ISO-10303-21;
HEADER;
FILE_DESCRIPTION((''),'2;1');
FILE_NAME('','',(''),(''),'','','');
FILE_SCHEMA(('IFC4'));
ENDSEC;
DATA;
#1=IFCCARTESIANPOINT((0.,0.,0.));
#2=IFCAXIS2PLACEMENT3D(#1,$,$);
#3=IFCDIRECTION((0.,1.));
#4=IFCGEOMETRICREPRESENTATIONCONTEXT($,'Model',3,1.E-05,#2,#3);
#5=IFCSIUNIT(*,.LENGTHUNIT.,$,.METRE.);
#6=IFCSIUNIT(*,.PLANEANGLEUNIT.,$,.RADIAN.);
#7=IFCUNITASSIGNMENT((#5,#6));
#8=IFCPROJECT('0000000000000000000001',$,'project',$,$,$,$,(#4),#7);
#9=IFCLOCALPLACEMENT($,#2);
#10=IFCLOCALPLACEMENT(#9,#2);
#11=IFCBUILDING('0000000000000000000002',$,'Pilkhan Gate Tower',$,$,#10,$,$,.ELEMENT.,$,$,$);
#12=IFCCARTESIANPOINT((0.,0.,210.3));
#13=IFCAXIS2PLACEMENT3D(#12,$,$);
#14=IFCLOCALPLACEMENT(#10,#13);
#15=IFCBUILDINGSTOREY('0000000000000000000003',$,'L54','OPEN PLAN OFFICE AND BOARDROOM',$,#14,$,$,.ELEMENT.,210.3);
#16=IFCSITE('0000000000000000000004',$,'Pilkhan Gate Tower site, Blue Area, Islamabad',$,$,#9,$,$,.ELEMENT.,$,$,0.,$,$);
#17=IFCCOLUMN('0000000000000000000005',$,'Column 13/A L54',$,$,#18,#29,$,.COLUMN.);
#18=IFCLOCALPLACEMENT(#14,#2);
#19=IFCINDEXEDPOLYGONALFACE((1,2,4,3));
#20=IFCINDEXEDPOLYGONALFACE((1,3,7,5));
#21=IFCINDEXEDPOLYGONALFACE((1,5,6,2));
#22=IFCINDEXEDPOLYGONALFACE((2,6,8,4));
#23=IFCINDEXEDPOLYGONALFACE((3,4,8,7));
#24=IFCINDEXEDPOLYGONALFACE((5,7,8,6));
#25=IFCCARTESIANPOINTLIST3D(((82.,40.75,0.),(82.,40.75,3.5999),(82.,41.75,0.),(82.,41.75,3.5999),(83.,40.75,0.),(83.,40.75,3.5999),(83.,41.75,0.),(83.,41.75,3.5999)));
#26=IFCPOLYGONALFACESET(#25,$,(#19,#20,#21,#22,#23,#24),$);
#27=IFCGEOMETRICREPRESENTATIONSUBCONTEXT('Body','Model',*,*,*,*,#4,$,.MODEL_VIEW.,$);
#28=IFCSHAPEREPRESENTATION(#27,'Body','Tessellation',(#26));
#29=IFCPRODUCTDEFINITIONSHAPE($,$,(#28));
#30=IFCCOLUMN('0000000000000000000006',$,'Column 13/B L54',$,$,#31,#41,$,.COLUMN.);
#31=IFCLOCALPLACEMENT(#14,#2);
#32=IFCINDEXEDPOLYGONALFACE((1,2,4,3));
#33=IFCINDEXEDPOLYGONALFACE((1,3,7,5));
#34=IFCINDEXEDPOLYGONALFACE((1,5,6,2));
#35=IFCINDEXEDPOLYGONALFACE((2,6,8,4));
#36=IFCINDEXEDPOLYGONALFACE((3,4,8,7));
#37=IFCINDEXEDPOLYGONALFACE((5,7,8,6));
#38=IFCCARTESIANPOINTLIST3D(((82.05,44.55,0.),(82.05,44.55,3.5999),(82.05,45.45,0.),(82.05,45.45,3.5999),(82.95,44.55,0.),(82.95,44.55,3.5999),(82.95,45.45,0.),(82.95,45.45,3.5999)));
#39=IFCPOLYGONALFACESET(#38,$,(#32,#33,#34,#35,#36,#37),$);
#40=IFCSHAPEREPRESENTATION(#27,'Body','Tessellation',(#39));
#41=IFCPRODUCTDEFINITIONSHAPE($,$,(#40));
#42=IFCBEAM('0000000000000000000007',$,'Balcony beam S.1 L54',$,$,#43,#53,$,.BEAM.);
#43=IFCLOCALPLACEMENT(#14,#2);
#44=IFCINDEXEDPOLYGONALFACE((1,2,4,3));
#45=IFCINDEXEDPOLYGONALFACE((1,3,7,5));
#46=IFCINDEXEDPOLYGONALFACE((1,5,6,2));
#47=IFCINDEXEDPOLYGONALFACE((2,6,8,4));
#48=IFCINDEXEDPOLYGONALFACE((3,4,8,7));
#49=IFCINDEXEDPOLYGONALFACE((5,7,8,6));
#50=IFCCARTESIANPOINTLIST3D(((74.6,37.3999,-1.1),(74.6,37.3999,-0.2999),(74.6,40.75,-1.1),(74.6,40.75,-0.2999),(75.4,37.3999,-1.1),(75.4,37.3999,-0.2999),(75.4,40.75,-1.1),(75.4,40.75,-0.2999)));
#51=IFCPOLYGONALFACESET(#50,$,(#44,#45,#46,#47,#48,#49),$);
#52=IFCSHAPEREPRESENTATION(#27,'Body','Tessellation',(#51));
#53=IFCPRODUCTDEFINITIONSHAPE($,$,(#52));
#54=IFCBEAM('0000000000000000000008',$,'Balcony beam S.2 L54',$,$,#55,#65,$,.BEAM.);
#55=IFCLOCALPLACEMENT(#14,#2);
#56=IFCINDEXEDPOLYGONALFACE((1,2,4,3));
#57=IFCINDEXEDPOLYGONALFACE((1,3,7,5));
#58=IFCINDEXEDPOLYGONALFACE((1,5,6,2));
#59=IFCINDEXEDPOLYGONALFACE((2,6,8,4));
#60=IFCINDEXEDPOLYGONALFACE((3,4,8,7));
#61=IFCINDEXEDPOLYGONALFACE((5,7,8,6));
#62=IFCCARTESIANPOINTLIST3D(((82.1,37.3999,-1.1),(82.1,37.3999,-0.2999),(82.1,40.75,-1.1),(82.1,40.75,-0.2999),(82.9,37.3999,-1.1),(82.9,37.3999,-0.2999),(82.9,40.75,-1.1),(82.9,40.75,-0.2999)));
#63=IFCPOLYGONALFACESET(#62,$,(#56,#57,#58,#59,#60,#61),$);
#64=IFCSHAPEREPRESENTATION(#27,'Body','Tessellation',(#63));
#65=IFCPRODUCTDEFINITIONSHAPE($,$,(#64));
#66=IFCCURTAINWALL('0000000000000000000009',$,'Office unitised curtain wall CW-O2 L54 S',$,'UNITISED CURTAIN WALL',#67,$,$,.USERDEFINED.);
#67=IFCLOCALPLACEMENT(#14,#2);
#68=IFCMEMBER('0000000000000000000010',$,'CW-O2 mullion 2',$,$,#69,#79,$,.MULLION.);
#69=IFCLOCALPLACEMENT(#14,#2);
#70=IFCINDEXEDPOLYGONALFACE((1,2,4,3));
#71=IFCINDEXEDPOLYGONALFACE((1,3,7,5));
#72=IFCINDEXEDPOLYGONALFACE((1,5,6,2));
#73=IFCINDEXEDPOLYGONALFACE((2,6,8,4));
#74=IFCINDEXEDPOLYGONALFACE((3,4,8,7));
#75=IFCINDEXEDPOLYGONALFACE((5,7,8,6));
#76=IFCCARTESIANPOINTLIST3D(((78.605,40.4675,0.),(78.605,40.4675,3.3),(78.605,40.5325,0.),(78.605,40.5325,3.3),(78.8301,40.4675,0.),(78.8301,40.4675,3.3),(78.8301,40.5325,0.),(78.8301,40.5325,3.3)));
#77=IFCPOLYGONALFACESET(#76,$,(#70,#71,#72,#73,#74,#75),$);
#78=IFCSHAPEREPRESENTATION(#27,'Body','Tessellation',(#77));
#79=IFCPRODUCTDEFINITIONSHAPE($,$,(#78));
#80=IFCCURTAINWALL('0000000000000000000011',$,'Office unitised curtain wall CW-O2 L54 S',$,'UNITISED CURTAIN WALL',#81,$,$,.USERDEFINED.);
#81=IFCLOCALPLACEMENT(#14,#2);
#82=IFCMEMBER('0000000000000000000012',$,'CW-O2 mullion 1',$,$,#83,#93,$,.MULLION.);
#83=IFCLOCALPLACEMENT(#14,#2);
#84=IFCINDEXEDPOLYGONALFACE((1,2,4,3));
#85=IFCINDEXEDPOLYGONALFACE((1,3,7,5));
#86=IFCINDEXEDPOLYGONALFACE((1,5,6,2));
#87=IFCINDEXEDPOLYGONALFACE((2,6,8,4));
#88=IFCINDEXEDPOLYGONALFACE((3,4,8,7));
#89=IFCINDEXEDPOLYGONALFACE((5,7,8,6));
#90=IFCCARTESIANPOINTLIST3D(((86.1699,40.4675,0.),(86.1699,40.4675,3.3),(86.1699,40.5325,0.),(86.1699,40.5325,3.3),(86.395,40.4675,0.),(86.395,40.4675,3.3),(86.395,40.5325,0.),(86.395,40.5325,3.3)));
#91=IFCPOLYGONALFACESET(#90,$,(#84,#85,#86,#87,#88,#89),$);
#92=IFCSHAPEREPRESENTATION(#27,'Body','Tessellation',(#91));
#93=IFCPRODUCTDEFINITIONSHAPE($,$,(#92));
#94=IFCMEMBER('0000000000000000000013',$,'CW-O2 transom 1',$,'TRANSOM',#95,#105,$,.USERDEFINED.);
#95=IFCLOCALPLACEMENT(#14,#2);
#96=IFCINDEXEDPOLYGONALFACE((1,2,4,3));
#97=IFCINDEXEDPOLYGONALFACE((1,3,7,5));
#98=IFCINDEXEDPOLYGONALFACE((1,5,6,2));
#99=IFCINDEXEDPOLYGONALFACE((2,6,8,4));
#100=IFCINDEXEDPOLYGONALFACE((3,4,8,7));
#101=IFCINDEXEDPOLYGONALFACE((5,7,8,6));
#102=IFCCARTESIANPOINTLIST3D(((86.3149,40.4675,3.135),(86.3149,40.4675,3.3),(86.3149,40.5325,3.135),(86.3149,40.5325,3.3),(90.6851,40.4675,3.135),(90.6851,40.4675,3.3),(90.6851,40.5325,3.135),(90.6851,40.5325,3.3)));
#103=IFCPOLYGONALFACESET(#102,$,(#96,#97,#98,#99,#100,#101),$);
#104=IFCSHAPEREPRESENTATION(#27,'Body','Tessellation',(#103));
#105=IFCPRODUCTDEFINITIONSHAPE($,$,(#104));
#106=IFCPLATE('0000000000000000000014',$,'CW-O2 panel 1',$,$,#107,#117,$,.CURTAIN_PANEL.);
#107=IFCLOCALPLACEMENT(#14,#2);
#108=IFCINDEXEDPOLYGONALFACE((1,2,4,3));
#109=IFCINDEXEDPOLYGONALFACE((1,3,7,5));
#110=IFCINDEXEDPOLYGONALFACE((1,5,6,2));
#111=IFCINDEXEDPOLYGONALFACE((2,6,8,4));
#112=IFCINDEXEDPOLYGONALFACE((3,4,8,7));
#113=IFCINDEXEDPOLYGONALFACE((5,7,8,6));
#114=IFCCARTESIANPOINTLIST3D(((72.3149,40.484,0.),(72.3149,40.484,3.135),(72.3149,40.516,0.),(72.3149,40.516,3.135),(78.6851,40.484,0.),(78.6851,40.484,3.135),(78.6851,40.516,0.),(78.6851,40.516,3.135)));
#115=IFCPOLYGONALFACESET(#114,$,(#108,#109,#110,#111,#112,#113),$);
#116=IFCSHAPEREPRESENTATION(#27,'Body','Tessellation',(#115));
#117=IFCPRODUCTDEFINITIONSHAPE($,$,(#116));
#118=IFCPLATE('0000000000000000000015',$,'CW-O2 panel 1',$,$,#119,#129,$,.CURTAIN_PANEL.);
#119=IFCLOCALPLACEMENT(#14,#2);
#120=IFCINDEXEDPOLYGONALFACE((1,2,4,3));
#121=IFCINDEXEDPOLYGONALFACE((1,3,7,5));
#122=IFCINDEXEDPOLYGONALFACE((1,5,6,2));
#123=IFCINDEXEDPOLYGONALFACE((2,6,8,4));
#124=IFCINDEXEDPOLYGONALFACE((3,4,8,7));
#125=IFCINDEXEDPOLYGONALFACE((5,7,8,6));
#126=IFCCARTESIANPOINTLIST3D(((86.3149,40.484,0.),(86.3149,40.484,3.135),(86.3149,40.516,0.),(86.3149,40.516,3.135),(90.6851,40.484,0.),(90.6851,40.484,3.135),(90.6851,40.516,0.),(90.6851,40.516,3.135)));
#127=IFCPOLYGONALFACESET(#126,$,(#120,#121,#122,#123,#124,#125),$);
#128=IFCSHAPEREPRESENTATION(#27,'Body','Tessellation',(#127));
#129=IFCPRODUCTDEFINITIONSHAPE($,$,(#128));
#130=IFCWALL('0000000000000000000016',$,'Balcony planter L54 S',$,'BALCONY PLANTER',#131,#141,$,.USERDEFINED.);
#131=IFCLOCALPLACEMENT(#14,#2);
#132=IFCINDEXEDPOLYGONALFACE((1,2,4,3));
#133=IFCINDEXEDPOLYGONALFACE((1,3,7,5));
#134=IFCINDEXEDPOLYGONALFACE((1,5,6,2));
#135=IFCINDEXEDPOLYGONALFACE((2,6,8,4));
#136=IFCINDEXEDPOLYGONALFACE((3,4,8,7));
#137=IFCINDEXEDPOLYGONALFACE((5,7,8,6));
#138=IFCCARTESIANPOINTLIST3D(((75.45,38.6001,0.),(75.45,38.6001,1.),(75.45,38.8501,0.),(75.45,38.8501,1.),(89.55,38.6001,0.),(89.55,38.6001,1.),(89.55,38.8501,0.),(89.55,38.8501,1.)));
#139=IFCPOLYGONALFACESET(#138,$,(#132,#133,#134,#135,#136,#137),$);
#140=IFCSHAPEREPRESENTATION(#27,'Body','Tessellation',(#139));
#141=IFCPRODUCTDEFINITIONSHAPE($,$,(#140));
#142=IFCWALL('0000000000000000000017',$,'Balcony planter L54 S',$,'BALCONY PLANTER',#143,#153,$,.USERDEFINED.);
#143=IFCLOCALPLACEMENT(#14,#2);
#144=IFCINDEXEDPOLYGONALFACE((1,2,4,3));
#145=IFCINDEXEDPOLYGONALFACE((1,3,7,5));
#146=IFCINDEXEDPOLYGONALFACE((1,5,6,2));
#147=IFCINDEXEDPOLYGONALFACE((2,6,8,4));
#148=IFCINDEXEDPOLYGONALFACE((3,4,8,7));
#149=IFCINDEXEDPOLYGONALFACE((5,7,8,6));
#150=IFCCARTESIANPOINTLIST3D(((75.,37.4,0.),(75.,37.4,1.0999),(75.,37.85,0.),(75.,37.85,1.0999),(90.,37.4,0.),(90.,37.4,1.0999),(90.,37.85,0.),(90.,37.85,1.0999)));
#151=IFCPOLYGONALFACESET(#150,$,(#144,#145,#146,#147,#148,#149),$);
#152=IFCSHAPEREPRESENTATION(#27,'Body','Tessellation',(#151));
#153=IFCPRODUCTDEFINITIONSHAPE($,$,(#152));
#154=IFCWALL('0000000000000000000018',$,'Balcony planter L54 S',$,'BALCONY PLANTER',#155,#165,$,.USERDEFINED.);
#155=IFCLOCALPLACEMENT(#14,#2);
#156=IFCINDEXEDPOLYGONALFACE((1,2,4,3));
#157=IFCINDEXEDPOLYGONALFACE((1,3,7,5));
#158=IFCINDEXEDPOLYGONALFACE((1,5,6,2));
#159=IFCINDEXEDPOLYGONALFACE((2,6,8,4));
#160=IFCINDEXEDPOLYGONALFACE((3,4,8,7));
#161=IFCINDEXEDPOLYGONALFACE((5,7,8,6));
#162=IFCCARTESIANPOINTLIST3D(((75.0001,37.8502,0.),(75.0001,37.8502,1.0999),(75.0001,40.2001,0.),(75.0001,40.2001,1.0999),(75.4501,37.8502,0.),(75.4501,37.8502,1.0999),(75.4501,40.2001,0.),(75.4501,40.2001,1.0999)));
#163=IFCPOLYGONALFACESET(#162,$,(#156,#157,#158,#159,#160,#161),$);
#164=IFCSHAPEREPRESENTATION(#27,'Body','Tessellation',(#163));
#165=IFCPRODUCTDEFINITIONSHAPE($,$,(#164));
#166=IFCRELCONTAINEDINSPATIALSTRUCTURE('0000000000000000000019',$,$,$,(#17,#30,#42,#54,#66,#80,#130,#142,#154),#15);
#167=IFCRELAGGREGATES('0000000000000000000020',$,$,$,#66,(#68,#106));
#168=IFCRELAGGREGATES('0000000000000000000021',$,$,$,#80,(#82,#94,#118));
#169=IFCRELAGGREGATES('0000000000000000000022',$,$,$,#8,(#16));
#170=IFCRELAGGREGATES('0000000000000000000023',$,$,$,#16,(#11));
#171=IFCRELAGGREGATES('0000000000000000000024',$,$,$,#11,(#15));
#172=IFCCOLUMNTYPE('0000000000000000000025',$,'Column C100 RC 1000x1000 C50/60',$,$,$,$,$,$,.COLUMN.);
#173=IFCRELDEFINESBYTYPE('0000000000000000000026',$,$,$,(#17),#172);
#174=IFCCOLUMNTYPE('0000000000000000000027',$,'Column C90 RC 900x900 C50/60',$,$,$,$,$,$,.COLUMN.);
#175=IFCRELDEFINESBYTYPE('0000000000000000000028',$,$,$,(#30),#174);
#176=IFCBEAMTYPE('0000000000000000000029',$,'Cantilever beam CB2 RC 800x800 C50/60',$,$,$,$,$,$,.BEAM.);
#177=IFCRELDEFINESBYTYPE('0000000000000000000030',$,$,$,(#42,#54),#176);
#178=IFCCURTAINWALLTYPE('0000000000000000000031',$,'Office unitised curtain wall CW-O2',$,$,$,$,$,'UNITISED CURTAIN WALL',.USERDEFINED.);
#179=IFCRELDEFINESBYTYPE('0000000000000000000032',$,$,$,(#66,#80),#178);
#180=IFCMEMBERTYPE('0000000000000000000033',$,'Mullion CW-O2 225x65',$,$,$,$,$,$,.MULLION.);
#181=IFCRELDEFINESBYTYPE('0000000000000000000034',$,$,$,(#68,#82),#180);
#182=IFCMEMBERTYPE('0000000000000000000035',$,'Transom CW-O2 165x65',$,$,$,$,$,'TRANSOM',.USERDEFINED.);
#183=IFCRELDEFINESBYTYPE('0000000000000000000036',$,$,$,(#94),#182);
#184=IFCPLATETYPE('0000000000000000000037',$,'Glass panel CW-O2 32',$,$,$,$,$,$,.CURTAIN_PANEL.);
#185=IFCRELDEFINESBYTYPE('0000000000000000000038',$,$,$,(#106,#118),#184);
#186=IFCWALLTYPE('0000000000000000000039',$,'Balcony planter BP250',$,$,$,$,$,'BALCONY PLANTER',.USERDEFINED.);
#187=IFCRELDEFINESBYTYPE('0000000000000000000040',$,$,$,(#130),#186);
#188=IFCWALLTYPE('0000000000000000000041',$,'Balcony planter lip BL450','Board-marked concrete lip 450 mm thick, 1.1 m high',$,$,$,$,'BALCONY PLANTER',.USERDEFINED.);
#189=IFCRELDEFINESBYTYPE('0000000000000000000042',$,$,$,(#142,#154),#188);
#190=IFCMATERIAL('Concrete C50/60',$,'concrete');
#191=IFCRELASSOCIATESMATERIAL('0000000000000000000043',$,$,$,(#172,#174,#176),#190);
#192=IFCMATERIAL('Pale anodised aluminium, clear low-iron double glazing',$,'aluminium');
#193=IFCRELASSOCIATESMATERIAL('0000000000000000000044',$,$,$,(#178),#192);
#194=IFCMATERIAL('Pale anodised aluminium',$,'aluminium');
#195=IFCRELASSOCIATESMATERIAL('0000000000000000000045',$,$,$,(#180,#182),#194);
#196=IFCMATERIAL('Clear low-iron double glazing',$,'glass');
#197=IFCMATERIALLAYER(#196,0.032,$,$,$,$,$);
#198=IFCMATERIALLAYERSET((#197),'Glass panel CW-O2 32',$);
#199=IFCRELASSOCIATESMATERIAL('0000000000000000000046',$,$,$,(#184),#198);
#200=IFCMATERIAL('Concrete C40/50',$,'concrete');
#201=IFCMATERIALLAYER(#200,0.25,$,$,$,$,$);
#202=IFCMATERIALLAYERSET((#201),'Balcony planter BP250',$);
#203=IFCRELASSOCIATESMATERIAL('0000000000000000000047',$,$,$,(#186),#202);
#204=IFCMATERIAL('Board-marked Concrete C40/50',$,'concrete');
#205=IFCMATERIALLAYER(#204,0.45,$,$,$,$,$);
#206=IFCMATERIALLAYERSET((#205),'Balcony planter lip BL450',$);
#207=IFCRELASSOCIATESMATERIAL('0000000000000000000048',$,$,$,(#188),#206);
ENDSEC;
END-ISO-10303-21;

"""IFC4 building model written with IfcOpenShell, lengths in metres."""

from ifc_helpers import new_model, si_unit, direction, frame, frame_2d, origin, origin_2d, place, context, subcontext, project, spatial, rectangle, extrude, material, layer, layer_set, material_profile, profile_set, type_object, element, aggregate, save


model = new_model("IFC4")

# Units and contexts
model_context = context("Model", 3, precision=1e-05, world=origin(), true_north=direction((0.0, 1.0)))
body_context = subcontext(model_context, "Body", "Model", "MODEL_VIEW")
ifc_project = project(units=[si_unit("LENGTHUNIT", "METRE"), si_unit("PLANEANGLEUNIT", "RADIAN")], contexts=[model_context])

# Site, building, storey
site_placement = place(None, origin())
site = spatial("IfcSite", under=ifc_project, at=site_placement, Name="Pilkhan Gate Tower site, Blue Area, Islamabad", CompositionType="ELEMENT", RefElevation=0.0)
building_placement = place(site_placement, origin())
building = spatial("IfcBuilding", under=site, at=building_placement, Name="Pilkhan Gate Tower", CompositionType="ELEMENT")
storey_placement = place(building_placement, frame((0.0, 0.0, 210.3)))
storey = spatial("IfcBuildingStorey", under=building, at=storey_placement, Name="L54", Description="OPEN PLAN OFFICE AND BOARDROOM", CompositionType="ELEMENT", Elevation=210.3)

# Columns
ifc_material_1 = material(Name="Concrete C50/60", Category="concrete")
ifc_material_profile_1 = material_profile(ifc_material_1, rectangle(XDim=1.0, YDim=1.0, at=origin_2d()), Name="RC 1000x1000")
ifc_profile_set_1 = profile_set([ifc_material_profile_1], Name="Concrete C50/60")
column_type_1 = type_object("IfcColumnType", Name="Column C100 RC 1000x1000 C50/60", PredefinedType="COLUMN", material=ifc_profile_set_1)
column_1_placement = place(storey_placement, frame((82.5, 41.25, 0.0), z_axis=(0.0, 0.0, 1.0), x_axis=(1.0, 0.0, 0.0)))
element("IfcColumn", 1, at=column_1_placement, inside=storey, type_object=column_type_1, Name="Column 13/A L54", PredefinedType="COLUMN", context=body_context, shape_type="SweptSolid", body=[
    extrude(rectangle(XDim=1.0, YDim=1.0, at=origin_2d()), origin(), (0.0, 0.0, 1.0), 3.5999),
])
ifc_material_profile_2 = material_profile(ifc_material_1, rectangle(XDim=0.8999, YDim=0.8999, at=origin_2d()), Name="RC 900x900")
ifc_profile_set_2 = profile_set([ifc_material_profile_2], Name="Concrete C50/60")
column_type_2 = type_object("IfcColumnType", Name="Column C90 RC 900x900 C50/60", PredefinedType="COLUMN", material=ifc_profile_set_2)
column_2_placement = place(storey_placement, frame((82.5, 45.0, 0.0), z_axis=(0.0, 0.0, 1.0), x_axis=(1.0, 0.0, 0.0)))
element("IfcColumn", 2, at=column_2_placement, inside=storey, type_object=column_type_2, Name="Column 13/B L54", PredefinedType="COLUMN", context=body_context, shape_type="SweptSolid", body=[
    extrude(rectangle(XDim=0.8999, YDim=0.8999, at=origin_2d()), origin(), (0.0, 0.0, 1.0), 3.5999),
])

# Beams
ifc_material_profile_3 = material_profile(ifc_material_1, rectangle(XDim=0.8, YDim=0.8, at=origin_2d()), Name="RC 800x800")
ifc_profile_set_3 = profile_set([ifc_material_profile_3], Name="Concrete C50/60")
beam_type = type_object("IfcBeamType", Name="Cantilever beam CB2 RC 800x800 C50/60", PredefinedType="BEAM", material=ifc_profile_set_3)
for number, where, z_axis, x_axis, name in (
    (3, (75.0, 40.75, -0.7), (0.0, -1.0, 0.0), (1.0, 0.0, 0.0), "Balcony beam S.1 L54"),
    (4, (82.5, 40.75, -0.7), (0.0, -1.0, 0.0), (1.0, 0.0, 0.0), "Balcony beam S.2 L54"),
):
    element("IfcBeam", number, at=place(storey_placement, frame(where, z_axis=z_axis, x_axis=x_axis)), inside=storey, type_object=beam_type, Name=name, PredefinedType="BEAM", context=body_context, shape_type="SweptSolid", body=[
        extrude(rectangle(XDim=0.8, YDim=0.8, at=origin_2d()), origin(), (0.0, 0.0, 1.0), 3.3501),
    ])

# Curtain wall, member
ifc_material_2 = material(Name="Pale anodised aluminium, clear low-iron double glazing", Category="aluminium")
curtain_wall_type = type_object("IfcCurtainWallType", Name="Office unitised curtain wall CW-O2", ElementType="UNITISED CURTAIN WALL", PredefinedType="USERDEFINED", material=ifc_material_2)
curtain_wall_1_placement = place(storey_placement, origin())
curtain_wall_1 = element("IfcCurtainWall", 5, at=curtain_wall_1_placement, inside=storey, type_object=curtain_wall_type, Name="Office unitised curtain wall CW-O2 L54 S", ObjectType="UNITISED CURTAIN WALL", PredefinedType="USERDEFINED")
ifc_material_3 = material(Name="Pale anodised aluminium", Category="aluminium")
ifc_material_profile_4 = material_profile(ifc_material_3, rectangle(XDim=0.0649, YDim=0.2251, at=origin_2d()), Name="Mullion 225x65")
ifc_profile_set_4 = profile_set([ifc_material_profile_4], Name="Pale anodised aluminium")
member_type_1 = type_object("IfcMemberType", Name="Mullion CW-O2 225x65", PredefinedType="MULLION", material=ifc_profile_set_4)
member_1_placement = place(storey_placement, frame((78.7175, 40.5, 0.0), z_axis=(0.0, 0.0, 1.0), x_axis=(0.0, 1.0, 0.0)))
member_1 = element("IfcMember", 6, at=member_1_placement, type_object=member_type_1, Name="CW-O2 mullion 2", PredefinedType="MULLION", context=body_context, shape_type="SweptSolid", body=[
    extrude(rectangle(XDim=0.0649, YDim=0.2251, at=origin_2d()), origin(), (0.0, 0.0, 1.0), 3.3),
])

# Curtain wall, members
curtain_wall_2_placement = place(storey_placement, origin())
curtain_wall_2 = element("IfcCurtainWall", 7, at=curtain_wall_2_placement, inside=storey, type_object=curtain_wall_type, Name="Office unitised curtain wall CW-O2 L54 S", ObjectType="UNITISED CURTAIN WALL", PredefinedType="USERDEFINED")
member_2_placement = place(storey_placement, frame((86.2825, 40.5, 0.0), z_axis=(0.0, 0.0, 1.0), x_axis=(0.0, 1.0, 0.0)))
member_2 = element("IfcMember", 8, at=member_2_placement, type_object=member_type_1, Name="CW-O2 mullion 1", PredefinedType="MULLION", context=body_context, shape_type="SweptSolid", body=[
    extrude(rectangle(XDim=0.0649, YDim=0.2251, at=origin_2d()), origin(), (0.0, 0.0, 1.0), 3.3),
])
ifc_material_profile_5 = material_profile(ifc_material_3, rectangle(XDim=0.0649, YDim=0.165, at=origin_2d()), Name="Transom 165x65")
ifc_profile_set_5 = profile_set([ifc_material_profile_5], Name="Pale anodised aluminium")
member_type_2 = type_object("IfcMemberType", Name="Transom CW-O2 165x65", ElementType="TRANSOM", PredefinedType="USERDEFINED", material=ifc_profile_set_5)
member_3_placement = place(storey_placement, frame((86.3149, 40.5, 3.2175), z_axis=(1.0, 0.0, 0.0), x_axis=(0.0, 1.0, 0.0)))
member_3 = element("IfcMember", 9, at=member_3_placement, type_object=member_type_2, Name="CW-O2 transom 1", ObjectType="TRANSOM", PredefinedType="USERDEFINED", context=body_context, shape_type="SweptSolid", body=[
    extrude(rectangle(XDim=0.0649, YDim=0.165, at=origin_2d()), origin(), (0.0, 0.0, 1.0), 4.3701),
])

# Plates
ifc_material_4 = material(Name="Clear low-iron double glazing", Category="glass")
ifc_layer_1 = layer(ifc_material_4, 0.032)
ifc_layer_set_1 = layer_set([ifc_layer_1], Name="Glass panel CW-O2 32")
plate_type = type_object("IfcPlateType", Name="Glass panel CW-O2 32", PredefinedType="CURTAIN_PANEL", material=ifc_layer_set_1)
plate_1_placement = place(storey_placement, frame((75.5, 40.5, 0.0), z_axis=(0.0, 0.0, 1.0), x_axis=(1.0, 0.0, 0.0)))
plate_1 = element("IfcPlate", 10, at=plate_1_placement, type_object=plate_type, Name="CW-O2 panel 1", PredefinedType="CURTAIN_PANEL", context=body_context, shape_type="SweptSolid", body=[
    extrude(rectangle(XDim=6.3701, YDim=0.032, at=origin_2d()), origin(), (0.0, 0.0, 1.0), 3.135),
])
aggregate(curtain_wall_1, [member_1, plate_1])
plate_2_placement = place(storey_placement, frame((88.5, 40.5, 0.0), z_axis=(0.0, 0.0, 1.0), x_axis=(1.0, 0.0, 0.0)))
plate_2 = element("IfcPlate", 11, at=plate_2_placement, type_object=plate_type, Name="CW-O2 panel 1", PredefinedType="CURTAIN_PANEL", context=body_context, shape_type="SweptSolid", body=[
    extrude(rectangle(XDim=4.3701, YDim=0.032, at=origin_2d()), origin(), (0.0, 0.0, 1.0), 3.135),
])
aggregate(curtain_wall_2, [member_2, member_3, plate_2])

# Walls
ifc_material_5 = material(Name="Concrete C40/50", Category="concrete")
ifc_layer_2 = layer(ifc_material_5, 0.25)
ifc_layer_set_2 = layer_set([ifc_layer_2], Name="Balcony planter BP250")
wall_type_1 = type_object("IfcWallType", Name="Balcony planter BP250", ElementType="BALCONY PLANTER", PredefinedType="USERDEFINED", material=ifc_layer_set_2)
wall_1_placement = place(storey_placement, frame((75.45, 38.7251, 0.0), z_axis=(0.0, 0.0, 1.0), x_axis=(1.0, 0.0, 0.0)))
element("IfcWall", 12, at=wall_1_placement, inside=storey, type_object=wall_type_1, Name="Balcony planter L54 S", ObjectType="BALCONY PLANTER", PredefinedType="USERDEFINED", context=body_context, shape_type="SweptSolid", body=[
    extrude(rectangle(XDim=14.1001, YDim=0.25, at=frame_2d((7.05, 0.0))), origin(), (0.0, 0.0, 1.0), 1.0),
])
ifc_material_6 = material(Name="Board-marked Concrete C40/50", Category="concrete")
ifc_layer_3 = layer(ifc_material_6, 0.45)
ifc_layer_set_3 = layer_set([ifc_layer_3], Name="Balcony planter lip BL450")
wall_type_2 = type_object("IfcWallType", Name="Balcony planter lip BL450", Description="Board-marked concrete lip 450 mm thick, 1.1 m high", ElementType="BALCONY PLANTER", PredefinedType="USERDEFINED", material=ifc_layer_set_3)
wall_2_placement = place(storey_placement, frame((75.0, 37.625, 0.0), z_axis=(0.0, 0.0, 1.0), x_axis=(1.0, 0.0, 0.0)))
element("IfcWall", 13, at=wall_2_placement, inside=storey, type_object=wall_type_2, Name="Balcony planter L54 S", ObjectType="BALCONY PLANTER", PredefinedType="USERDEFINED", context=body_context, shape_type="SweptSolid", body=[
    extrude(rectangle(XDim=15.0, YDim=0.45, at=frame_2d((7.5, 0.0))), origin(), (0.0, 0.0, 1.0), 1.0999),
])
wall_3_placement = place(storey_placement, frame((75.2251, 40.2, 0.0), z_axis=(0.0, 0.0, 1.0), x_axis=(0.0, -1.0, 0.0)))
element("IfcWall", 14, at=wall_3_placement, inside=storey, type_object=wall_type_2, Name="Balcony planter L54 S", ObjectType="BALCONY PLANTER", PredefinedType="USERDEFINED", context=body_context, shape_type="SweptSolid", body=[
    extrude(rectangle(XDim=2.3499, YDim=0.45, at=frame_2d((1.1748, 0.0))), origin(), (0.0, 0.0, 1.0), 1.0999),
])

save(model, "model.ifc")
